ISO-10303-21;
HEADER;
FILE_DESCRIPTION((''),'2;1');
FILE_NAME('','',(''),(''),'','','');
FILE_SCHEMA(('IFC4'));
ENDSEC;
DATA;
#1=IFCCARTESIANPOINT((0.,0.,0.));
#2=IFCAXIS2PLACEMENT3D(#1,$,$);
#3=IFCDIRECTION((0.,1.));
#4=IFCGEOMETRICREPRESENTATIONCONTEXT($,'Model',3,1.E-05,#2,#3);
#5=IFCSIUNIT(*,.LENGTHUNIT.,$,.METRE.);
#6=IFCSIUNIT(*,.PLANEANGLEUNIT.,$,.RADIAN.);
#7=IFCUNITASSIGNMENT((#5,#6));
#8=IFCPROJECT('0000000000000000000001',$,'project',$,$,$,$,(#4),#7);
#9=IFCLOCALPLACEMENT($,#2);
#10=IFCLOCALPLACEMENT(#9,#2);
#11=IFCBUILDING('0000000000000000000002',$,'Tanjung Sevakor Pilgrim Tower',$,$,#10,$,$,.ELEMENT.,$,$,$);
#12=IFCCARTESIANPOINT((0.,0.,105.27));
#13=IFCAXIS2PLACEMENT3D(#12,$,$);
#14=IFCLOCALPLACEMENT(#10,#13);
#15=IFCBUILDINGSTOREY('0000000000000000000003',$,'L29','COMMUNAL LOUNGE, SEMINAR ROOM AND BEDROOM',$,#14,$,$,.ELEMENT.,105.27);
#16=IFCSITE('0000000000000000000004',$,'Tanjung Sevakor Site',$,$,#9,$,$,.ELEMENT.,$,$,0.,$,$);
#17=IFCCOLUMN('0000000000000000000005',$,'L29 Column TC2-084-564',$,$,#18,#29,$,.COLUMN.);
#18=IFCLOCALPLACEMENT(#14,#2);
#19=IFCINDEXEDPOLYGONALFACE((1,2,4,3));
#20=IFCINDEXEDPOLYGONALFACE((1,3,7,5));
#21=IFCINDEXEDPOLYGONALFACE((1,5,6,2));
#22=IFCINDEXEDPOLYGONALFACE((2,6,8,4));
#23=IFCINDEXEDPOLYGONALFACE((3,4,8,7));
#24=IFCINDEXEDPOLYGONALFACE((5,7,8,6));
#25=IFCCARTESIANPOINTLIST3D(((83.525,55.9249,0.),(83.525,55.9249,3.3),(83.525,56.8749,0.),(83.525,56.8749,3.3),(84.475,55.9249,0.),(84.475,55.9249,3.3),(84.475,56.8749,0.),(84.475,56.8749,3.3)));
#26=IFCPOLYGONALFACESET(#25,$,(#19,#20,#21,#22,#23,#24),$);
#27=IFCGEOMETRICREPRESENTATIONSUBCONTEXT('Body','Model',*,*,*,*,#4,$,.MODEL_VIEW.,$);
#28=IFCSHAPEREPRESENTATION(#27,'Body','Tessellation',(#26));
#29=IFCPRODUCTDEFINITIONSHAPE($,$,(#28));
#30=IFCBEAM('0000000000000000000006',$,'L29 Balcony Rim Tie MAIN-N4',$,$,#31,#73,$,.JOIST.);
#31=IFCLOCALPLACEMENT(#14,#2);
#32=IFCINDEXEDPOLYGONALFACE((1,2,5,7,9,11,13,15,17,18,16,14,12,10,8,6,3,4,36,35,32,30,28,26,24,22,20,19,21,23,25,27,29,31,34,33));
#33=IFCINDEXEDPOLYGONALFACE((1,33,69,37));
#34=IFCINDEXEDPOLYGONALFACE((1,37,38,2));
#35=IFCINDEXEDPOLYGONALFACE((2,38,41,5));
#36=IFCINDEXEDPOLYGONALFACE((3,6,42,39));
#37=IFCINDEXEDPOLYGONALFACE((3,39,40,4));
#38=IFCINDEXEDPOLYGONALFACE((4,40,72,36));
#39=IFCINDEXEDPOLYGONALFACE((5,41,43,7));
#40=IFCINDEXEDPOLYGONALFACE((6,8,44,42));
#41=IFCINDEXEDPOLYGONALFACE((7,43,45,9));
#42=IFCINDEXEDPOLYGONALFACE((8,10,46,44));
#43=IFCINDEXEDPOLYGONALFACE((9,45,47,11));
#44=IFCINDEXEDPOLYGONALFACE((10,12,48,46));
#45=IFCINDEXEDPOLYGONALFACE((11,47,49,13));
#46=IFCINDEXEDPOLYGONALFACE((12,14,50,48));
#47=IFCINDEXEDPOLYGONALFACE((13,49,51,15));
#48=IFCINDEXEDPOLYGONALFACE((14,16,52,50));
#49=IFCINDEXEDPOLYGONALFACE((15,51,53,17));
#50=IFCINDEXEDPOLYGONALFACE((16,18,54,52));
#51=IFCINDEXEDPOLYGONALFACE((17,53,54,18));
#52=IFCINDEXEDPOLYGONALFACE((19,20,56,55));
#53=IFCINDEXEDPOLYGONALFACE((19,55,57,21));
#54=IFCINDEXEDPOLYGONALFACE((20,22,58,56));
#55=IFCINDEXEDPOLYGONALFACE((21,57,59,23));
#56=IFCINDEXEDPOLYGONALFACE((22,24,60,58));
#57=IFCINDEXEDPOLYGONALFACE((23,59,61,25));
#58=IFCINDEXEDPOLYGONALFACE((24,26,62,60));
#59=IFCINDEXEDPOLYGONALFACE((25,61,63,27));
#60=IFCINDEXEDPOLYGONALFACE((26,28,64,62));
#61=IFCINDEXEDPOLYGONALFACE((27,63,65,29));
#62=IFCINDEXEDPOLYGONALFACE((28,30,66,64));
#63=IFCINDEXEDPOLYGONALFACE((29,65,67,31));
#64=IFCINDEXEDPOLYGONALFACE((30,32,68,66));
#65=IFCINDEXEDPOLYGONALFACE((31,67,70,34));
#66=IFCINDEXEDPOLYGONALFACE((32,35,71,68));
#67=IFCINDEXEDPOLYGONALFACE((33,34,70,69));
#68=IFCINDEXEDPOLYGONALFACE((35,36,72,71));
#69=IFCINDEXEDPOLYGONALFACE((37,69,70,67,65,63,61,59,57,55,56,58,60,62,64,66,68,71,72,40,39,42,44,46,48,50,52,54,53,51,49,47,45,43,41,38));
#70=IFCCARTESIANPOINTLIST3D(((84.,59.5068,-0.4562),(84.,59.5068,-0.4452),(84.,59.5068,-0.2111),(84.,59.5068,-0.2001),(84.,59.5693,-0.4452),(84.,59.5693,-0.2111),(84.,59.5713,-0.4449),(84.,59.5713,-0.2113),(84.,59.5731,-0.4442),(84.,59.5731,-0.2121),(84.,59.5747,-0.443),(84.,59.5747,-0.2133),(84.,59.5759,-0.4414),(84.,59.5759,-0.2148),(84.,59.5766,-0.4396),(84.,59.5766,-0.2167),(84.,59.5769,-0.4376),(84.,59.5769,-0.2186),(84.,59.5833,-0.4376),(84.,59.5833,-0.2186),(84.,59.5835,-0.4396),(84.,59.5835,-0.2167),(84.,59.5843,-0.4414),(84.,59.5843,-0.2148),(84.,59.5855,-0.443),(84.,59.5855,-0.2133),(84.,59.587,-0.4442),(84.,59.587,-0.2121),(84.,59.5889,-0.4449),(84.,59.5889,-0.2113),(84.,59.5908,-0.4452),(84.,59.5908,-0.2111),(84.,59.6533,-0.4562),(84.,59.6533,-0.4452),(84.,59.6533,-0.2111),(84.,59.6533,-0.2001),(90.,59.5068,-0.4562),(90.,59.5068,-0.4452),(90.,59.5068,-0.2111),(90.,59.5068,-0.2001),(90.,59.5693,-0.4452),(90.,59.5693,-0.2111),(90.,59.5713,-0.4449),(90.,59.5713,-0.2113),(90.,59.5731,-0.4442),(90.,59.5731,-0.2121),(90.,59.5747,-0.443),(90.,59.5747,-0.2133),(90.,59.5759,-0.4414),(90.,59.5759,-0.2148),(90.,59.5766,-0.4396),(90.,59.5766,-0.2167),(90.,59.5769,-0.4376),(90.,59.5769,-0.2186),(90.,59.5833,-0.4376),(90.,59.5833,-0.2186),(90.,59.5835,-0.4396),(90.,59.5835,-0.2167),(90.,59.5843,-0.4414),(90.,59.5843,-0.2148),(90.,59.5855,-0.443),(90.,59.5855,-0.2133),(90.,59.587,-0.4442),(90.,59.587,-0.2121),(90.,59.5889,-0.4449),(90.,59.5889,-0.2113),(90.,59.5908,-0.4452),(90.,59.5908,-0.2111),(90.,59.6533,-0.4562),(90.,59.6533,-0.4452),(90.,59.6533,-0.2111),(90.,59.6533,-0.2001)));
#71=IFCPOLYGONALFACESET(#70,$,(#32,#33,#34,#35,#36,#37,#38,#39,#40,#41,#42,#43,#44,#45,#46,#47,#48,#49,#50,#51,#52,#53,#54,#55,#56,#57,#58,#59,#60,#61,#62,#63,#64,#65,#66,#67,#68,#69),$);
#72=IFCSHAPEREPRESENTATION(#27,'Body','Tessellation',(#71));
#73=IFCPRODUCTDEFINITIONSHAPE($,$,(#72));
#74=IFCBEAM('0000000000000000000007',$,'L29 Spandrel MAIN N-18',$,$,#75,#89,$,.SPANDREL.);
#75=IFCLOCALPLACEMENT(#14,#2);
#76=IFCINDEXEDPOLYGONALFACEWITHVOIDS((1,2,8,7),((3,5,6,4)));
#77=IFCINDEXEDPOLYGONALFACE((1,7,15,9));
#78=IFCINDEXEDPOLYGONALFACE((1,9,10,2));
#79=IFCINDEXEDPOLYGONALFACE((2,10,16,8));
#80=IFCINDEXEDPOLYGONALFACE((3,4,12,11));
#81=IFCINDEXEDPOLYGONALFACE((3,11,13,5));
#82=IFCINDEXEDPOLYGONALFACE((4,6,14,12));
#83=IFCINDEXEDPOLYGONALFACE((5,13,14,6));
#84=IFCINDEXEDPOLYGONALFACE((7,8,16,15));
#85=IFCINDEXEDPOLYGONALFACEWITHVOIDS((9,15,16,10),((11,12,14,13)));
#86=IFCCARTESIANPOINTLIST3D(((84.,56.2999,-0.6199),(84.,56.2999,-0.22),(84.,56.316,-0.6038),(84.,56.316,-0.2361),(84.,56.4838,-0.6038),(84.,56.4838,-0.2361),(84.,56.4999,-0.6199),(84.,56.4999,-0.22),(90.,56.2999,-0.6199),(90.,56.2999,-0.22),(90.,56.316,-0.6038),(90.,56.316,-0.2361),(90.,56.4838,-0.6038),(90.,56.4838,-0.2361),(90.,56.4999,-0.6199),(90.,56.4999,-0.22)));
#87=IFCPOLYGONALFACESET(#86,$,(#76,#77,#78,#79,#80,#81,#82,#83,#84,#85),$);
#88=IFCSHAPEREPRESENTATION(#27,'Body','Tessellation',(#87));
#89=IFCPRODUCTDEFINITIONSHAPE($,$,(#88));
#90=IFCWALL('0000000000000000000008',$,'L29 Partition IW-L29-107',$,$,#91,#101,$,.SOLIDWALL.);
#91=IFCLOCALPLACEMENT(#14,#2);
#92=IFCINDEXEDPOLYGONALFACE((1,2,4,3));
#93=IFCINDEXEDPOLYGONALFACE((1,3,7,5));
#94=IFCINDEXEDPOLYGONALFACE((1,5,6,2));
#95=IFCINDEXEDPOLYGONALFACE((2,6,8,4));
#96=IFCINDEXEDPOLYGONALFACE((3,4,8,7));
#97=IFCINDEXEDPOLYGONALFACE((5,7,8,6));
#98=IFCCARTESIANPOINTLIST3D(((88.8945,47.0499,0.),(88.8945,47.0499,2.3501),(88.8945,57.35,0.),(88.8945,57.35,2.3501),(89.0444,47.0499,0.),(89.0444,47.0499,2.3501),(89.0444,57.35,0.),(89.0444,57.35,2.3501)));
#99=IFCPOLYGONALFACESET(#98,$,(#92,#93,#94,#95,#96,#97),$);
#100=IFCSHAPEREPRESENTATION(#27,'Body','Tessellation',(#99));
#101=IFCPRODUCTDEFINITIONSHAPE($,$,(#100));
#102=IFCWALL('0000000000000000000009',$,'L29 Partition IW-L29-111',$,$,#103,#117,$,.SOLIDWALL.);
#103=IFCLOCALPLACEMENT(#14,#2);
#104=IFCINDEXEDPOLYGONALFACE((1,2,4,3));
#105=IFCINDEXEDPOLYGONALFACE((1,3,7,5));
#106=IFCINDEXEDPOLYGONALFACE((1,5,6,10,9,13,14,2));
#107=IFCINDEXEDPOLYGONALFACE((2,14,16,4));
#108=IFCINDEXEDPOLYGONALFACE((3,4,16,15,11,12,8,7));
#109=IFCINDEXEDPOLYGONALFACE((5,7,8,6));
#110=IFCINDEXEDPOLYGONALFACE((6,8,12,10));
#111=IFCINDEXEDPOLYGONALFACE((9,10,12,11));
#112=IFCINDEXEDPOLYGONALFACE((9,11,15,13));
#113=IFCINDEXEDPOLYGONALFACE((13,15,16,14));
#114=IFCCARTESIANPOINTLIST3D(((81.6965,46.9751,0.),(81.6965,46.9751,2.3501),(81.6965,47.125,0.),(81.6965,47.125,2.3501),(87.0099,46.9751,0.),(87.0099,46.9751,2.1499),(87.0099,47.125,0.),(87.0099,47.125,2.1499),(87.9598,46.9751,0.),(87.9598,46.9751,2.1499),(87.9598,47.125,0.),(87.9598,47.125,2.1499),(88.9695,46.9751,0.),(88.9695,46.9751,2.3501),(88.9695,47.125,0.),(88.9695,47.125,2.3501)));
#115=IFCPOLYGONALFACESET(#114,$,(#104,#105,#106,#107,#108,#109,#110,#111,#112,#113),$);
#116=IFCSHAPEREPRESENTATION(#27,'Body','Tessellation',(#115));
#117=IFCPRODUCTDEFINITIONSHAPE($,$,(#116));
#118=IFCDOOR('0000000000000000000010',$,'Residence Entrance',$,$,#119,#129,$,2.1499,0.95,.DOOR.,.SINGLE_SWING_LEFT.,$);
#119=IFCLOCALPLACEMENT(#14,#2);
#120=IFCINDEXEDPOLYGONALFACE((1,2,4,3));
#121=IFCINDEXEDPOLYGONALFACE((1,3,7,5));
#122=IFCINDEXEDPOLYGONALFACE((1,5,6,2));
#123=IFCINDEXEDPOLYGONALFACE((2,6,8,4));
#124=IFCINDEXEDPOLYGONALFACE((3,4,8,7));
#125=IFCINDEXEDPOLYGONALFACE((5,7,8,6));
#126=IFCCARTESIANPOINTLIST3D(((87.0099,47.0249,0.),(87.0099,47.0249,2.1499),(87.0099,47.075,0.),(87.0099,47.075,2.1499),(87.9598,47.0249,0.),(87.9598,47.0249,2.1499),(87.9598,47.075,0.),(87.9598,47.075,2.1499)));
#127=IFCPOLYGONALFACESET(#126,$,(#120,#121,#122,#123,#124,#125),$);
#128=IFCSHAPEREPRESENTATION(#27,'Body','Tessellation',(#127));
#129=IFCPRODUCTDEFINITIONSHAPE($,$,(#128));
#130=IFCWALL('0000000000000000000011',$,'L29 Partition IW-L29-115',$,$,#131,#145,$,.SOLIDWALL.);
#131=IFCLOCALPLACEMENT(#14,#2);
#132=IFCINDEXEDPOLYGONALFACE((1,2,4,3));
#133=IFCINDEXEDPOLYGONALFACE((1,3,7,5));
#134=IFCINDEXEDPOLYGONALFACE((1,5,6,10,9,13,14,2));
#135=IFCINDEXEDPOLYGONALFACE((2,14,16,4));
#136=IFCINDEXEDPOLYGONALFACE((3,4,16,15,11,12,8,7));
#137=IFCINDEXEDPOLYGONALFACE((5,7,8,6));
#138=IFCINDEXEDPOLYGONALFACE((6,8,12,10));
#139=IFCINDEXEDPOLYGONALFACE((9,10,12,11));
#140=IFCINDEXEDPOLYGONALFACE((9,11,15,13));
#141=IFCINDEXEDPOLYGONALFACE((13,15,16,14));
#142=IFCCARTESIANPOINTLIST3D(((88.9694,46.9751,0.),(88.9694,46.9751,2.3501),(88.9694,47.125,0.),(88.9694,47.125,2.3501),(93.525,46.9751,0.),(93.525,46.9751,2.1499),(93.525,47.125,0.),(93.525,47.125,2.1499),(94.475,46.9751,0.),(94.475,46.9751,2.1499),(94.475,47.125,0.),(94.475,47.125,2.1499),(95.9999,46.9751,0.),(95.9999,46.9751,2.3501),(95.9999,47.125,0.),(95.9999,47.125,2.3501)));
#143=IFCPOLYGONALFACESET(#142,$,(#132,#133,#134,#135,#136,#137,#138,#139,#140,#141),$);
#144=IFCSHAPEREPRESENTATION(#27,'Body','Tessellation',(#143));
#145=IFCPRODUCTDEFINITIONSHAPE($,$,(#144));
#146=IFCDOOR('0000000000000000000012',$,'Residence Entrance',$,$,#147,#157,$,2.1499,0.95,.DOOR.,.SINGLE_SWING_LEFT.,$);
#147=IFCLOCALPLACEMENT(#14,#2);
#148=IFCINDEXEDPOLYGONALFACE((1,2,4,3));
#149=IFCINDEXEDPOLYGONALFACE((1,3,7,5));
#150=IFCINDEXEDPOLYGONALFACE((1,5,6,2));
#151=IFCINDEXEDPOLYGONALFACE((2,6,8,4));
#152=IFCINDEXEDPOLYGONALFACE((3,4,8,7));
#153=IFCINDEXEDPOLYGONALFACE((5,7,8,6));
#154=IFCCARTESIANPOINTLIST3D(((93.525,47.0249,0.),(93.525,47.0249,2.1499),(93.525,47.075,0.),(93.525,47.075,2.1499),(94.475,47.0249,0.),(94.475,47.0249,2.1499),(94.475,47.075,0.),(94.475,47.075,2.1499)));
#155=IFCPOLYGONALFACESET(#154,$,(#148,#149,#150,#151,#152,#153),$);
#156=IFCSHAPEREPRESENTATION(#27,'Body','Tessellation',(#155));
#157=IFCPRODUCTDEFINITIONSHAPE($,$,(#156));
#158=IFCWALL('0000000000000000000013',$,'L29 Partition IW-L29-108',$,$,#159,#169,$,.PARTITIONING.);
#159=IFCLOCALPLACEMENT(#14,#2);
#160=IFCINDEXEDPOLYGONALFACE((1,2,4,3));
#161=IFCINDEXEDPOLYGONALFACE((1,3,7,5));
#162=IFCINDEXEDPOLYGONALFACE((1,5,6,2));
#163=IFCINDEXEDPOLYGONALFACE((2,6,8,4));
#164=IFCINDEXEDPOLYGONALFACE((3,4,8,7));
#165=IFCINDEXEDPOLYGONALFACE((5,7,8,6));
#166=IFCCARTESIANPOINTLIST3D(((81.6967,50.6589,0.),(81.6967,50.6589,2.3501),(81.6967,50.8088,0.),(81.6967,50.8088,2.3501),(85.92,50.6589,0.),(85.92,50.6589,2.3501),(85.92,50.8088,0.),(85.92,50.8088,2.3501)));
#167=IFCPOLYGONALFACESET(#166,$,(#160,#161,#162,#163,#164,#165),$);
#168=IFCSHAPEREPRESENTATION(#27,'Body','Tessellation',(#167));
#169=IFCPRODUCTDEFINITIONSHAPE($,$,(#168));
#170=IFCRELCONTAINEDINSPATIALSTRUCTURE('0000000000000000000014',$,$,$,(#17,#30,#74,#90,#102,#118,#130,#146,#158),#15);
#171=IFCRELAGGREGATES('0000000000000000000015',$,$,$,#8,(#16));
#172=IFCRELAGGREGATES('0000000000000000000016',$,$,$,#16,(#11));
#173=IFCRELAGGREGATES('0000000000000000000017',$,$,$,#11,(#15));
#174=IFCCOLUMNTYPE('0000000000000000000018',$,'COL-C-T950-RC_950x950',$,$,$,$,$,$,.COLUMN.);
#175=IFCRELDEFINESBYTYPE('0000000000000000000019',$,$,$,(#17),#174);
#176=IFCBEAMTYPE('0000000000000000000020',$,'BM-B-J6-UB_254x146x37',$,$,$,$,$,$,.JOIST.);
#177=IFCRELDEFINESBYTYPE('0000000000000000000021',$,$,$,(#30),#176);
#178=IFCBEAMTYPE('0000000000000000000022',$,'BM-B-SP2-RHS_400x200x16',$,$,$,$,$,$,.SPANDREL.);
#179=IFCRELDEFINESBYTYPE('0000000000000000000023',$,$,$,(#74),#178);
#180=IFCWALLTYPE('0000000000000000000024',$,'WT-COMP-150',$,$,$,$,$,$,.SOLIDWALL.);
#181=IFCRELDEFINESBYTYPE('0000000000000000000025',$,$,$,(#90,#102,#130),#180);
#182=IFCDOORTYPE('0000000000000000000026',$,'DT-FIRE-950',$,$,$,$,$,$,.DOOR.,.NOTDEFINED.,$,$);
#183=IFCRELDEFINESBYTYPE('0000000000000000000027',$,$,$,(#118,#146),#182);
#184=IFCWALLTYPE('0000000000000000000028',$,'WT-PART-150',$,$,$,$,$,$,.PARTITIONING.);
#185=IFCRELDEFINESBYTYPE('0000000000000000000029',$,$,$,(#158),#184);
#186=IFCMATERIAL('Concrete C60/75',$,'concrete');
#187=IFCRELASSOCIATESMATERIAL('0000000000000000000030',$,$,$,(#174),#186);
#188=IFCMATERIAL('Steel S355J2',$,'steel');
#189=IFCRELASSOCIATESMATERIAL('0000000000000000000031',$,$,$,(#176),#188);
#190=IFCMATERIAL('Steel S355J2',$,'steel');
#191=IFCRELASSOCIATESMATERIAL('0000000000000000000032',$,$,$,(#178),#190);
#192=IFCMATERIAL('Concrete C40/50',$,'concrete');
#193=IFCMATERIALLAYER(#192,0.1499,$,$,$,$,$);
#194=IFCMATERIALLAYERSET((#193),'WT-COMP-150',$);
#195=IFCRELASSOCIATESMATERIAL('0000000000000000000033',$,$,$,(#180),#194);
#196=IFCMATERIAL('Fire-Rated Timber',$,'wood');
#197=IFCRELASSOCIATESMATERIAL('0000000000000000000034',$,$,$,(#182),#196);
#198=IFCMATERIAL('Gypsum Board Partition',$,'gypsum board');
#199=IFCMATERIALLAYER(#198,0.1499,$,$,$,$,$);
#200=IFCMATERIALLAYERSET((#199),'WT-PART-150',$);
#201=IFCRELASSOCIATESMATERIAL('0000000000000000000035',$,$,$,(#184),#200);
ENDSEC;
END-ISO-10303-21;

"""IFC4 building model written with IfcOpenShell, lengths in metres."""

from ifc_helpers import new_model, si_unit, direction, frame, frame_2d, origin, origin_2d, place, context, subcontext, project, spatial, rectangle, hollow_rectangle, i_section, extrude, material, layer, layer_set, material_profile, profile_set, type_object, element, fill, save


model = new_model("IFC4")

# Units and contexts
model_context = context("Model", 3, precision=1e-05, world=origin(), true_north=direction((0.0, 1.0)))
body_context = subcontext(model_context, "Body", "Model", "MODEL_VIEW")
ifc_project = project(units=[si_unit("LENGTHUNIT", "METRE"), si_unit("PLANEANGLEUNIT", "RADIAN")], contexts=[model_context])

# Site, building, storey
site_placement = place(None, origin())
site = spatial("IfcSite", under=ifc_project, at=site_placement, Name="Tanjung Sevakor Site", CompositionType="ELEMENT", RefElevation=0.0)
building_placement = place(site_placement, origin())
building = spatial("IfcBuilding", under=site, at=building_placement, Name="Tanjung Sevakor Pilgrim Tower", CompositionType="ELEMENT")
storey_placement = place(building_placement, frame((0.0, 0.0, 105.27)))
storey = spatial("IfcBuildingStorey", under=building, at=storey_placement, Name="L29", Description="COMMUNAL LOUNGE, SEMINAR ROOM AND BEDROOM", CompositionType="ELEMENT", Elevation=105.27)

# Column
ifc_material_1 = material(Name="Concrete C60/75", Category="concrete")
ifc_material_profile_1 = material_profile(ifc_material_1, rectangle(XDim=0.95, YDim=0.95, at=origin_2d()))
ifc_profile_set_1 = profile_set([ifc_material_profile_1], Name="Concrete C60/75")
column_type = type_object("IfcColumnType", Name="COL-C-T950-RC_950x950", PredefinedType="COLUMN", material=ifc_profile_set_1)
column_placement = place(storey_placement, frame((84.0, 56.3999, 0.0), z_axis=(0.0, 0.0, 1.0), x_axis=(1.0, 0.0, 0.0)))
element("IfcColumn", 1, at=column_placement, inside=storey, type_object=column_type, Name="L29 Column TC2-084-564", PredefinedType="COLUMN", context=body_context, shape_type="SweptSolid", body=[
    extrude(rectangle(XDim=0.95, YDim=0.95, at=origin_2d()), origin(), (0.0, 0.0, 1.0), 3.3),
])

# Beams
ifc_material_2 = material(Name="Steel S355J2", Category="steel")
ifc_material_profile_2 = material_profile(ifc_material_2, i_section(OverallWidth=0.1465, OverallDepth=0.2561, WebThickness=0.0063, FlangeThickness=0.011, FilletRadius=0.0076, at=origin_2d()))
ifc_profile_set_2 = profile_set([ifc_material_profile_2], Name="Steel S355J2")
beam_type_1 = type_object("IfcBeamType", Name="BM-B-J6-UB_254x146x37", PredefinedType="JOIST", material=ifc_profile_set_2)
beam_1_placement = place(storey_placement, frame((84.0, 59.5801, -0.3281), z_axis=(1.0, 0.0, 0.0), x_axis=(0.0, 1.0, 0.0)))
element("IfcBeam", 2, at=beam_1_placement, inside=storey, type_object=beam_type_1, Name="L29 Balcony Rim Tie MAIN-N4", PredefinedType="JOIST", context=body_context, shape_type="SweptSolid", body=[
    extrude(i_section(OverallWidth=0.1465, OverallDepth=0.2561, WebThickness=0.0063, FlangeThickness=0.011, FilletRadius=0.0076, at=origin_2d()), origin(), (0.0, 0.0, 1.0), 6.0),
])
ifc_material_3 = material(Name="Steel S355J2", Category="steel")
ifc_material_profile_3 = material_profile(ifc_material_3, hollow_rectangle(XDim=0.2, YDim=0.3999, WallThickness=0.0161, at=origin_2d()))
ifc_profile_set_3 = profile_set([ifc_material_profile_3], Name="Steel S355J2")
beam_type_2 = type_object("IfcBeamType", Name="BM-B-SP2-RHS_400x200x16", PredefinedType="SPANDREL", material=ifc_profile_set_3)
beam_2_placement = place(storey_placement, frame((84.0, 56.3999, -0.4199), z_axis=(1.0, 0.0, 0.0), x_axis=(0.0, 1.0, 0.0)))
element("IfcBeam", 3, at=beam_2_placement, inside=storey, type_object=beam_type_2, Name="L29 Spandrel MAIN N-18", PredefinedType="SPANDREL", context=body_context, shape_type="SweptSolid", body=[
    extrude(hollow_rectangle(XDim=0.2, YDim=0.3999, WallThickness=0.0161, at=origin_2d()), origin(), (0.0, 0.0, 1.0), 6.0),
])

# Wall
ifc_material_4 = material(Name="Concrete C40/50", Category="concrete")
ifc_layer_1 = layer(ifc_material_4, 0.1499)
ifc_layer_set_1 = layer_set([ifc_layer_1], Name="WT-COMP-150")
wall_type_1 = type_object("IfcWallType", Name="WT-COMP-150", PredefinedType="SOLIDWALL", material=ifc_layer_set_1)
wall_1_placement = place(storey_placement, frame((88.9695, 47.05, 0.0), z_axis=(0.0, 0.0, 1.0), x_axis=(0.0, 1.0, 0.0)))
element("IfcWall", 4, at=wall_1_placement, inside=storey, type_object=wall_type_1, Name="L29 Partition IW-L29-107", PredefinedType="SOLIDWALL", context=body_context, shape_type="SweptSolid", body=[
    extrude(rectangle(XDim=10.3, YDim=0.1499, at=frame_2d((5.1499, 0.0))), origin(), (0.0, 0.0, 1.0), 2.3501),
])

# Walls, openings, doors
wall_2_placement = place(storey_placement, frame((81.6965, 47.05, 0.0), z_axis=(0.0, 0.0, 1.0), x_axis=(1.0, 0.0, 0.0)))
wall_2 = element("IfcWall", 5, at=wall_2_placement, inside=storey, type_object=wall_type_1, Name="L29 Partition IW-L29-111", PredefinedType="SOLIDWALL", context=body_context, shape_type="SweptSolid", body=[
    extrude(rectangle(XDim=7.2729, YDim=0.1499, at=frame_2d((3.6365, 0.0))), origin(), (0.0, 0.0, 1.0), 2.3501),
])
opening_1_placement = place(wall_2_placement, frame((5.3132, 0.0, 0.0)))
opening_1 = element("IfcOpeningElement", 6, at=opening_1_placement, cuts=wall_2, PredefinedType="OPENING", context=body_context, shape_type="SweptSolid", body=[
    extrude(rectangle(XDim=0.95, YDim=2.1499, at=frame_2d((0.4751, 1.075))), frame((0.0, 0.085, 0.0), z_axis=(0.0, -1.0, 0.0), x_axis=(1.0, 0.0, 0.0)), (0.0, 0.0, 1.0), 0.1699),
])
ifc_material_5 = material(Name="Fire-Rated Timber", Category="wood")
door_type_1 = type_object("IfcDoorType", Name="DT-FIRE-950", OperationType="NOTDEFINED", PredefinedType="DOOR", material=ifc_material_5)
door_1_placement = place(opening_1_placement, origin())
door_1 = element("IfcDoor", 7, at=door_1_placement, inside=storey, type_object=door_type_1, Name="Residence Entrance", OperationType="SINGLE_SWING_LEFT", OverallHeight=2.1499, OverallWidth=0.95, PredefinedType="DOOR", context=body_context, shape_type="SweptSolid", body=[
    extrude(rectangle(XDim=0.95, YDim=2.1499, at=frame_2d((0.4751, 1.075))), frame((0.0, 0.0249, 0.0), z_axis=(0.0, -1.0, 0.0), x_axis=(1.0, 0.0, 0.0)), (0.0, 0.0, 1.0), 0.05),
])
fill(opening_1, door_1)
wall_3_placement = place(storey_placement, frame((88.9695, 47.05, 0.0), z_axis=(0.0, 0.0, 1.0), x_axis=(1.0, 0.0, 0.0)))
wall_3 = element("IfcWall", 8, at=wall_3_placement, inside=storey, type_object=wall_type_1, Name="L29 Partition IW-L29-115", PredefinedType="SOLIDWALL", context=body_context, shape_type="SweptSolid", body=[
    extrude(rectangle(XDim=7.0305, YDim=0.1499, at=frame_2d((3.5151, 0.0))), origin(), (0.0, 0.0, 1.0), 2.3501),
])
opening_2_placement = place(wall_3_placement, frame((4.5554, 0.0, 0.0)))
opening_2 = element("IfcOpeningElement", 9, at=opening_2_placement, cuts=wall_3, PredefinedType="OPENING", context=body_context, shape_type="SweptSolid", body=[
    extrude(rectangle(XDim=0.95, YDim=2.1499, at=frame_2d((0.4751, 1.075))), frame((0.0, 0.085, 0.0), z_axis=(0.0, -1.0, 0.0), x_axis=(1.0, 0.0, 0.0)), (0.0, 0.0, 1.0), 0.1699),
])
door_2_placement = place(opening_2_placement, origin())
door_2 = element("IfcDoor", 10, at=door_2_placement, inside=storey, type_object=door_type_1, Name="Residence Entrance", OperationType="SINGLE_SWING_LEFT", OverallHeight=2.1499, OverallWidth=0.95, PredefinedType="DOOR", context=body_context, shape_type="SweptSolid", body=[
    extrude(rectangle(XDim=0.95, YDim=2.1499, at=frame_2d((0.4751, 1.075))), frame((0.0, 0.0249, 0.0), z_axis=(0.0, -1.0, 0.0), x_axis=(1.0, 0.0, 0.0)), (0.0, 0.0, 1.0), 0.05),
])
fill(opening_2, door_2)

# Wall
ifc_material_6 = material(Name="Gypsum Board Partition", Category="gypsum board")
ifc_layer_2 = layer(ifc_material_6, 0.1499)
ifc_layer_set_2 = layer_set([ifc_layer_2], Name="WT-PART-150")
wall_type_2 = type_object("IfcWallType", Name="WT-PART-150", PredefinedType="PARTITIONING", material=ifc_layer_set_2)
wall_4_placement = place(storey_placement, frame((81.6965, 50.7339, 0.0), z_axis=(0.0, 0.0, 1.0), x_axis=(1.0, 0.0, 0.0)))
element("IfcWall", 11, at=wall_4_placement, inside=storey, type_object=wall_type_2, Name="L29 Partition IW-L29-108", PredefinedType="PARTITIONING", context=body_context, shape_type="SweptSolid", body=[
    extrude(rectangle(XDim=4.2234, YDim=0.1499, at=frame_2d((2.1118, 0.0))), origin(), (0.0, 0.0, 1.0), 2.3501),
])

save(model, "model.ifc")
